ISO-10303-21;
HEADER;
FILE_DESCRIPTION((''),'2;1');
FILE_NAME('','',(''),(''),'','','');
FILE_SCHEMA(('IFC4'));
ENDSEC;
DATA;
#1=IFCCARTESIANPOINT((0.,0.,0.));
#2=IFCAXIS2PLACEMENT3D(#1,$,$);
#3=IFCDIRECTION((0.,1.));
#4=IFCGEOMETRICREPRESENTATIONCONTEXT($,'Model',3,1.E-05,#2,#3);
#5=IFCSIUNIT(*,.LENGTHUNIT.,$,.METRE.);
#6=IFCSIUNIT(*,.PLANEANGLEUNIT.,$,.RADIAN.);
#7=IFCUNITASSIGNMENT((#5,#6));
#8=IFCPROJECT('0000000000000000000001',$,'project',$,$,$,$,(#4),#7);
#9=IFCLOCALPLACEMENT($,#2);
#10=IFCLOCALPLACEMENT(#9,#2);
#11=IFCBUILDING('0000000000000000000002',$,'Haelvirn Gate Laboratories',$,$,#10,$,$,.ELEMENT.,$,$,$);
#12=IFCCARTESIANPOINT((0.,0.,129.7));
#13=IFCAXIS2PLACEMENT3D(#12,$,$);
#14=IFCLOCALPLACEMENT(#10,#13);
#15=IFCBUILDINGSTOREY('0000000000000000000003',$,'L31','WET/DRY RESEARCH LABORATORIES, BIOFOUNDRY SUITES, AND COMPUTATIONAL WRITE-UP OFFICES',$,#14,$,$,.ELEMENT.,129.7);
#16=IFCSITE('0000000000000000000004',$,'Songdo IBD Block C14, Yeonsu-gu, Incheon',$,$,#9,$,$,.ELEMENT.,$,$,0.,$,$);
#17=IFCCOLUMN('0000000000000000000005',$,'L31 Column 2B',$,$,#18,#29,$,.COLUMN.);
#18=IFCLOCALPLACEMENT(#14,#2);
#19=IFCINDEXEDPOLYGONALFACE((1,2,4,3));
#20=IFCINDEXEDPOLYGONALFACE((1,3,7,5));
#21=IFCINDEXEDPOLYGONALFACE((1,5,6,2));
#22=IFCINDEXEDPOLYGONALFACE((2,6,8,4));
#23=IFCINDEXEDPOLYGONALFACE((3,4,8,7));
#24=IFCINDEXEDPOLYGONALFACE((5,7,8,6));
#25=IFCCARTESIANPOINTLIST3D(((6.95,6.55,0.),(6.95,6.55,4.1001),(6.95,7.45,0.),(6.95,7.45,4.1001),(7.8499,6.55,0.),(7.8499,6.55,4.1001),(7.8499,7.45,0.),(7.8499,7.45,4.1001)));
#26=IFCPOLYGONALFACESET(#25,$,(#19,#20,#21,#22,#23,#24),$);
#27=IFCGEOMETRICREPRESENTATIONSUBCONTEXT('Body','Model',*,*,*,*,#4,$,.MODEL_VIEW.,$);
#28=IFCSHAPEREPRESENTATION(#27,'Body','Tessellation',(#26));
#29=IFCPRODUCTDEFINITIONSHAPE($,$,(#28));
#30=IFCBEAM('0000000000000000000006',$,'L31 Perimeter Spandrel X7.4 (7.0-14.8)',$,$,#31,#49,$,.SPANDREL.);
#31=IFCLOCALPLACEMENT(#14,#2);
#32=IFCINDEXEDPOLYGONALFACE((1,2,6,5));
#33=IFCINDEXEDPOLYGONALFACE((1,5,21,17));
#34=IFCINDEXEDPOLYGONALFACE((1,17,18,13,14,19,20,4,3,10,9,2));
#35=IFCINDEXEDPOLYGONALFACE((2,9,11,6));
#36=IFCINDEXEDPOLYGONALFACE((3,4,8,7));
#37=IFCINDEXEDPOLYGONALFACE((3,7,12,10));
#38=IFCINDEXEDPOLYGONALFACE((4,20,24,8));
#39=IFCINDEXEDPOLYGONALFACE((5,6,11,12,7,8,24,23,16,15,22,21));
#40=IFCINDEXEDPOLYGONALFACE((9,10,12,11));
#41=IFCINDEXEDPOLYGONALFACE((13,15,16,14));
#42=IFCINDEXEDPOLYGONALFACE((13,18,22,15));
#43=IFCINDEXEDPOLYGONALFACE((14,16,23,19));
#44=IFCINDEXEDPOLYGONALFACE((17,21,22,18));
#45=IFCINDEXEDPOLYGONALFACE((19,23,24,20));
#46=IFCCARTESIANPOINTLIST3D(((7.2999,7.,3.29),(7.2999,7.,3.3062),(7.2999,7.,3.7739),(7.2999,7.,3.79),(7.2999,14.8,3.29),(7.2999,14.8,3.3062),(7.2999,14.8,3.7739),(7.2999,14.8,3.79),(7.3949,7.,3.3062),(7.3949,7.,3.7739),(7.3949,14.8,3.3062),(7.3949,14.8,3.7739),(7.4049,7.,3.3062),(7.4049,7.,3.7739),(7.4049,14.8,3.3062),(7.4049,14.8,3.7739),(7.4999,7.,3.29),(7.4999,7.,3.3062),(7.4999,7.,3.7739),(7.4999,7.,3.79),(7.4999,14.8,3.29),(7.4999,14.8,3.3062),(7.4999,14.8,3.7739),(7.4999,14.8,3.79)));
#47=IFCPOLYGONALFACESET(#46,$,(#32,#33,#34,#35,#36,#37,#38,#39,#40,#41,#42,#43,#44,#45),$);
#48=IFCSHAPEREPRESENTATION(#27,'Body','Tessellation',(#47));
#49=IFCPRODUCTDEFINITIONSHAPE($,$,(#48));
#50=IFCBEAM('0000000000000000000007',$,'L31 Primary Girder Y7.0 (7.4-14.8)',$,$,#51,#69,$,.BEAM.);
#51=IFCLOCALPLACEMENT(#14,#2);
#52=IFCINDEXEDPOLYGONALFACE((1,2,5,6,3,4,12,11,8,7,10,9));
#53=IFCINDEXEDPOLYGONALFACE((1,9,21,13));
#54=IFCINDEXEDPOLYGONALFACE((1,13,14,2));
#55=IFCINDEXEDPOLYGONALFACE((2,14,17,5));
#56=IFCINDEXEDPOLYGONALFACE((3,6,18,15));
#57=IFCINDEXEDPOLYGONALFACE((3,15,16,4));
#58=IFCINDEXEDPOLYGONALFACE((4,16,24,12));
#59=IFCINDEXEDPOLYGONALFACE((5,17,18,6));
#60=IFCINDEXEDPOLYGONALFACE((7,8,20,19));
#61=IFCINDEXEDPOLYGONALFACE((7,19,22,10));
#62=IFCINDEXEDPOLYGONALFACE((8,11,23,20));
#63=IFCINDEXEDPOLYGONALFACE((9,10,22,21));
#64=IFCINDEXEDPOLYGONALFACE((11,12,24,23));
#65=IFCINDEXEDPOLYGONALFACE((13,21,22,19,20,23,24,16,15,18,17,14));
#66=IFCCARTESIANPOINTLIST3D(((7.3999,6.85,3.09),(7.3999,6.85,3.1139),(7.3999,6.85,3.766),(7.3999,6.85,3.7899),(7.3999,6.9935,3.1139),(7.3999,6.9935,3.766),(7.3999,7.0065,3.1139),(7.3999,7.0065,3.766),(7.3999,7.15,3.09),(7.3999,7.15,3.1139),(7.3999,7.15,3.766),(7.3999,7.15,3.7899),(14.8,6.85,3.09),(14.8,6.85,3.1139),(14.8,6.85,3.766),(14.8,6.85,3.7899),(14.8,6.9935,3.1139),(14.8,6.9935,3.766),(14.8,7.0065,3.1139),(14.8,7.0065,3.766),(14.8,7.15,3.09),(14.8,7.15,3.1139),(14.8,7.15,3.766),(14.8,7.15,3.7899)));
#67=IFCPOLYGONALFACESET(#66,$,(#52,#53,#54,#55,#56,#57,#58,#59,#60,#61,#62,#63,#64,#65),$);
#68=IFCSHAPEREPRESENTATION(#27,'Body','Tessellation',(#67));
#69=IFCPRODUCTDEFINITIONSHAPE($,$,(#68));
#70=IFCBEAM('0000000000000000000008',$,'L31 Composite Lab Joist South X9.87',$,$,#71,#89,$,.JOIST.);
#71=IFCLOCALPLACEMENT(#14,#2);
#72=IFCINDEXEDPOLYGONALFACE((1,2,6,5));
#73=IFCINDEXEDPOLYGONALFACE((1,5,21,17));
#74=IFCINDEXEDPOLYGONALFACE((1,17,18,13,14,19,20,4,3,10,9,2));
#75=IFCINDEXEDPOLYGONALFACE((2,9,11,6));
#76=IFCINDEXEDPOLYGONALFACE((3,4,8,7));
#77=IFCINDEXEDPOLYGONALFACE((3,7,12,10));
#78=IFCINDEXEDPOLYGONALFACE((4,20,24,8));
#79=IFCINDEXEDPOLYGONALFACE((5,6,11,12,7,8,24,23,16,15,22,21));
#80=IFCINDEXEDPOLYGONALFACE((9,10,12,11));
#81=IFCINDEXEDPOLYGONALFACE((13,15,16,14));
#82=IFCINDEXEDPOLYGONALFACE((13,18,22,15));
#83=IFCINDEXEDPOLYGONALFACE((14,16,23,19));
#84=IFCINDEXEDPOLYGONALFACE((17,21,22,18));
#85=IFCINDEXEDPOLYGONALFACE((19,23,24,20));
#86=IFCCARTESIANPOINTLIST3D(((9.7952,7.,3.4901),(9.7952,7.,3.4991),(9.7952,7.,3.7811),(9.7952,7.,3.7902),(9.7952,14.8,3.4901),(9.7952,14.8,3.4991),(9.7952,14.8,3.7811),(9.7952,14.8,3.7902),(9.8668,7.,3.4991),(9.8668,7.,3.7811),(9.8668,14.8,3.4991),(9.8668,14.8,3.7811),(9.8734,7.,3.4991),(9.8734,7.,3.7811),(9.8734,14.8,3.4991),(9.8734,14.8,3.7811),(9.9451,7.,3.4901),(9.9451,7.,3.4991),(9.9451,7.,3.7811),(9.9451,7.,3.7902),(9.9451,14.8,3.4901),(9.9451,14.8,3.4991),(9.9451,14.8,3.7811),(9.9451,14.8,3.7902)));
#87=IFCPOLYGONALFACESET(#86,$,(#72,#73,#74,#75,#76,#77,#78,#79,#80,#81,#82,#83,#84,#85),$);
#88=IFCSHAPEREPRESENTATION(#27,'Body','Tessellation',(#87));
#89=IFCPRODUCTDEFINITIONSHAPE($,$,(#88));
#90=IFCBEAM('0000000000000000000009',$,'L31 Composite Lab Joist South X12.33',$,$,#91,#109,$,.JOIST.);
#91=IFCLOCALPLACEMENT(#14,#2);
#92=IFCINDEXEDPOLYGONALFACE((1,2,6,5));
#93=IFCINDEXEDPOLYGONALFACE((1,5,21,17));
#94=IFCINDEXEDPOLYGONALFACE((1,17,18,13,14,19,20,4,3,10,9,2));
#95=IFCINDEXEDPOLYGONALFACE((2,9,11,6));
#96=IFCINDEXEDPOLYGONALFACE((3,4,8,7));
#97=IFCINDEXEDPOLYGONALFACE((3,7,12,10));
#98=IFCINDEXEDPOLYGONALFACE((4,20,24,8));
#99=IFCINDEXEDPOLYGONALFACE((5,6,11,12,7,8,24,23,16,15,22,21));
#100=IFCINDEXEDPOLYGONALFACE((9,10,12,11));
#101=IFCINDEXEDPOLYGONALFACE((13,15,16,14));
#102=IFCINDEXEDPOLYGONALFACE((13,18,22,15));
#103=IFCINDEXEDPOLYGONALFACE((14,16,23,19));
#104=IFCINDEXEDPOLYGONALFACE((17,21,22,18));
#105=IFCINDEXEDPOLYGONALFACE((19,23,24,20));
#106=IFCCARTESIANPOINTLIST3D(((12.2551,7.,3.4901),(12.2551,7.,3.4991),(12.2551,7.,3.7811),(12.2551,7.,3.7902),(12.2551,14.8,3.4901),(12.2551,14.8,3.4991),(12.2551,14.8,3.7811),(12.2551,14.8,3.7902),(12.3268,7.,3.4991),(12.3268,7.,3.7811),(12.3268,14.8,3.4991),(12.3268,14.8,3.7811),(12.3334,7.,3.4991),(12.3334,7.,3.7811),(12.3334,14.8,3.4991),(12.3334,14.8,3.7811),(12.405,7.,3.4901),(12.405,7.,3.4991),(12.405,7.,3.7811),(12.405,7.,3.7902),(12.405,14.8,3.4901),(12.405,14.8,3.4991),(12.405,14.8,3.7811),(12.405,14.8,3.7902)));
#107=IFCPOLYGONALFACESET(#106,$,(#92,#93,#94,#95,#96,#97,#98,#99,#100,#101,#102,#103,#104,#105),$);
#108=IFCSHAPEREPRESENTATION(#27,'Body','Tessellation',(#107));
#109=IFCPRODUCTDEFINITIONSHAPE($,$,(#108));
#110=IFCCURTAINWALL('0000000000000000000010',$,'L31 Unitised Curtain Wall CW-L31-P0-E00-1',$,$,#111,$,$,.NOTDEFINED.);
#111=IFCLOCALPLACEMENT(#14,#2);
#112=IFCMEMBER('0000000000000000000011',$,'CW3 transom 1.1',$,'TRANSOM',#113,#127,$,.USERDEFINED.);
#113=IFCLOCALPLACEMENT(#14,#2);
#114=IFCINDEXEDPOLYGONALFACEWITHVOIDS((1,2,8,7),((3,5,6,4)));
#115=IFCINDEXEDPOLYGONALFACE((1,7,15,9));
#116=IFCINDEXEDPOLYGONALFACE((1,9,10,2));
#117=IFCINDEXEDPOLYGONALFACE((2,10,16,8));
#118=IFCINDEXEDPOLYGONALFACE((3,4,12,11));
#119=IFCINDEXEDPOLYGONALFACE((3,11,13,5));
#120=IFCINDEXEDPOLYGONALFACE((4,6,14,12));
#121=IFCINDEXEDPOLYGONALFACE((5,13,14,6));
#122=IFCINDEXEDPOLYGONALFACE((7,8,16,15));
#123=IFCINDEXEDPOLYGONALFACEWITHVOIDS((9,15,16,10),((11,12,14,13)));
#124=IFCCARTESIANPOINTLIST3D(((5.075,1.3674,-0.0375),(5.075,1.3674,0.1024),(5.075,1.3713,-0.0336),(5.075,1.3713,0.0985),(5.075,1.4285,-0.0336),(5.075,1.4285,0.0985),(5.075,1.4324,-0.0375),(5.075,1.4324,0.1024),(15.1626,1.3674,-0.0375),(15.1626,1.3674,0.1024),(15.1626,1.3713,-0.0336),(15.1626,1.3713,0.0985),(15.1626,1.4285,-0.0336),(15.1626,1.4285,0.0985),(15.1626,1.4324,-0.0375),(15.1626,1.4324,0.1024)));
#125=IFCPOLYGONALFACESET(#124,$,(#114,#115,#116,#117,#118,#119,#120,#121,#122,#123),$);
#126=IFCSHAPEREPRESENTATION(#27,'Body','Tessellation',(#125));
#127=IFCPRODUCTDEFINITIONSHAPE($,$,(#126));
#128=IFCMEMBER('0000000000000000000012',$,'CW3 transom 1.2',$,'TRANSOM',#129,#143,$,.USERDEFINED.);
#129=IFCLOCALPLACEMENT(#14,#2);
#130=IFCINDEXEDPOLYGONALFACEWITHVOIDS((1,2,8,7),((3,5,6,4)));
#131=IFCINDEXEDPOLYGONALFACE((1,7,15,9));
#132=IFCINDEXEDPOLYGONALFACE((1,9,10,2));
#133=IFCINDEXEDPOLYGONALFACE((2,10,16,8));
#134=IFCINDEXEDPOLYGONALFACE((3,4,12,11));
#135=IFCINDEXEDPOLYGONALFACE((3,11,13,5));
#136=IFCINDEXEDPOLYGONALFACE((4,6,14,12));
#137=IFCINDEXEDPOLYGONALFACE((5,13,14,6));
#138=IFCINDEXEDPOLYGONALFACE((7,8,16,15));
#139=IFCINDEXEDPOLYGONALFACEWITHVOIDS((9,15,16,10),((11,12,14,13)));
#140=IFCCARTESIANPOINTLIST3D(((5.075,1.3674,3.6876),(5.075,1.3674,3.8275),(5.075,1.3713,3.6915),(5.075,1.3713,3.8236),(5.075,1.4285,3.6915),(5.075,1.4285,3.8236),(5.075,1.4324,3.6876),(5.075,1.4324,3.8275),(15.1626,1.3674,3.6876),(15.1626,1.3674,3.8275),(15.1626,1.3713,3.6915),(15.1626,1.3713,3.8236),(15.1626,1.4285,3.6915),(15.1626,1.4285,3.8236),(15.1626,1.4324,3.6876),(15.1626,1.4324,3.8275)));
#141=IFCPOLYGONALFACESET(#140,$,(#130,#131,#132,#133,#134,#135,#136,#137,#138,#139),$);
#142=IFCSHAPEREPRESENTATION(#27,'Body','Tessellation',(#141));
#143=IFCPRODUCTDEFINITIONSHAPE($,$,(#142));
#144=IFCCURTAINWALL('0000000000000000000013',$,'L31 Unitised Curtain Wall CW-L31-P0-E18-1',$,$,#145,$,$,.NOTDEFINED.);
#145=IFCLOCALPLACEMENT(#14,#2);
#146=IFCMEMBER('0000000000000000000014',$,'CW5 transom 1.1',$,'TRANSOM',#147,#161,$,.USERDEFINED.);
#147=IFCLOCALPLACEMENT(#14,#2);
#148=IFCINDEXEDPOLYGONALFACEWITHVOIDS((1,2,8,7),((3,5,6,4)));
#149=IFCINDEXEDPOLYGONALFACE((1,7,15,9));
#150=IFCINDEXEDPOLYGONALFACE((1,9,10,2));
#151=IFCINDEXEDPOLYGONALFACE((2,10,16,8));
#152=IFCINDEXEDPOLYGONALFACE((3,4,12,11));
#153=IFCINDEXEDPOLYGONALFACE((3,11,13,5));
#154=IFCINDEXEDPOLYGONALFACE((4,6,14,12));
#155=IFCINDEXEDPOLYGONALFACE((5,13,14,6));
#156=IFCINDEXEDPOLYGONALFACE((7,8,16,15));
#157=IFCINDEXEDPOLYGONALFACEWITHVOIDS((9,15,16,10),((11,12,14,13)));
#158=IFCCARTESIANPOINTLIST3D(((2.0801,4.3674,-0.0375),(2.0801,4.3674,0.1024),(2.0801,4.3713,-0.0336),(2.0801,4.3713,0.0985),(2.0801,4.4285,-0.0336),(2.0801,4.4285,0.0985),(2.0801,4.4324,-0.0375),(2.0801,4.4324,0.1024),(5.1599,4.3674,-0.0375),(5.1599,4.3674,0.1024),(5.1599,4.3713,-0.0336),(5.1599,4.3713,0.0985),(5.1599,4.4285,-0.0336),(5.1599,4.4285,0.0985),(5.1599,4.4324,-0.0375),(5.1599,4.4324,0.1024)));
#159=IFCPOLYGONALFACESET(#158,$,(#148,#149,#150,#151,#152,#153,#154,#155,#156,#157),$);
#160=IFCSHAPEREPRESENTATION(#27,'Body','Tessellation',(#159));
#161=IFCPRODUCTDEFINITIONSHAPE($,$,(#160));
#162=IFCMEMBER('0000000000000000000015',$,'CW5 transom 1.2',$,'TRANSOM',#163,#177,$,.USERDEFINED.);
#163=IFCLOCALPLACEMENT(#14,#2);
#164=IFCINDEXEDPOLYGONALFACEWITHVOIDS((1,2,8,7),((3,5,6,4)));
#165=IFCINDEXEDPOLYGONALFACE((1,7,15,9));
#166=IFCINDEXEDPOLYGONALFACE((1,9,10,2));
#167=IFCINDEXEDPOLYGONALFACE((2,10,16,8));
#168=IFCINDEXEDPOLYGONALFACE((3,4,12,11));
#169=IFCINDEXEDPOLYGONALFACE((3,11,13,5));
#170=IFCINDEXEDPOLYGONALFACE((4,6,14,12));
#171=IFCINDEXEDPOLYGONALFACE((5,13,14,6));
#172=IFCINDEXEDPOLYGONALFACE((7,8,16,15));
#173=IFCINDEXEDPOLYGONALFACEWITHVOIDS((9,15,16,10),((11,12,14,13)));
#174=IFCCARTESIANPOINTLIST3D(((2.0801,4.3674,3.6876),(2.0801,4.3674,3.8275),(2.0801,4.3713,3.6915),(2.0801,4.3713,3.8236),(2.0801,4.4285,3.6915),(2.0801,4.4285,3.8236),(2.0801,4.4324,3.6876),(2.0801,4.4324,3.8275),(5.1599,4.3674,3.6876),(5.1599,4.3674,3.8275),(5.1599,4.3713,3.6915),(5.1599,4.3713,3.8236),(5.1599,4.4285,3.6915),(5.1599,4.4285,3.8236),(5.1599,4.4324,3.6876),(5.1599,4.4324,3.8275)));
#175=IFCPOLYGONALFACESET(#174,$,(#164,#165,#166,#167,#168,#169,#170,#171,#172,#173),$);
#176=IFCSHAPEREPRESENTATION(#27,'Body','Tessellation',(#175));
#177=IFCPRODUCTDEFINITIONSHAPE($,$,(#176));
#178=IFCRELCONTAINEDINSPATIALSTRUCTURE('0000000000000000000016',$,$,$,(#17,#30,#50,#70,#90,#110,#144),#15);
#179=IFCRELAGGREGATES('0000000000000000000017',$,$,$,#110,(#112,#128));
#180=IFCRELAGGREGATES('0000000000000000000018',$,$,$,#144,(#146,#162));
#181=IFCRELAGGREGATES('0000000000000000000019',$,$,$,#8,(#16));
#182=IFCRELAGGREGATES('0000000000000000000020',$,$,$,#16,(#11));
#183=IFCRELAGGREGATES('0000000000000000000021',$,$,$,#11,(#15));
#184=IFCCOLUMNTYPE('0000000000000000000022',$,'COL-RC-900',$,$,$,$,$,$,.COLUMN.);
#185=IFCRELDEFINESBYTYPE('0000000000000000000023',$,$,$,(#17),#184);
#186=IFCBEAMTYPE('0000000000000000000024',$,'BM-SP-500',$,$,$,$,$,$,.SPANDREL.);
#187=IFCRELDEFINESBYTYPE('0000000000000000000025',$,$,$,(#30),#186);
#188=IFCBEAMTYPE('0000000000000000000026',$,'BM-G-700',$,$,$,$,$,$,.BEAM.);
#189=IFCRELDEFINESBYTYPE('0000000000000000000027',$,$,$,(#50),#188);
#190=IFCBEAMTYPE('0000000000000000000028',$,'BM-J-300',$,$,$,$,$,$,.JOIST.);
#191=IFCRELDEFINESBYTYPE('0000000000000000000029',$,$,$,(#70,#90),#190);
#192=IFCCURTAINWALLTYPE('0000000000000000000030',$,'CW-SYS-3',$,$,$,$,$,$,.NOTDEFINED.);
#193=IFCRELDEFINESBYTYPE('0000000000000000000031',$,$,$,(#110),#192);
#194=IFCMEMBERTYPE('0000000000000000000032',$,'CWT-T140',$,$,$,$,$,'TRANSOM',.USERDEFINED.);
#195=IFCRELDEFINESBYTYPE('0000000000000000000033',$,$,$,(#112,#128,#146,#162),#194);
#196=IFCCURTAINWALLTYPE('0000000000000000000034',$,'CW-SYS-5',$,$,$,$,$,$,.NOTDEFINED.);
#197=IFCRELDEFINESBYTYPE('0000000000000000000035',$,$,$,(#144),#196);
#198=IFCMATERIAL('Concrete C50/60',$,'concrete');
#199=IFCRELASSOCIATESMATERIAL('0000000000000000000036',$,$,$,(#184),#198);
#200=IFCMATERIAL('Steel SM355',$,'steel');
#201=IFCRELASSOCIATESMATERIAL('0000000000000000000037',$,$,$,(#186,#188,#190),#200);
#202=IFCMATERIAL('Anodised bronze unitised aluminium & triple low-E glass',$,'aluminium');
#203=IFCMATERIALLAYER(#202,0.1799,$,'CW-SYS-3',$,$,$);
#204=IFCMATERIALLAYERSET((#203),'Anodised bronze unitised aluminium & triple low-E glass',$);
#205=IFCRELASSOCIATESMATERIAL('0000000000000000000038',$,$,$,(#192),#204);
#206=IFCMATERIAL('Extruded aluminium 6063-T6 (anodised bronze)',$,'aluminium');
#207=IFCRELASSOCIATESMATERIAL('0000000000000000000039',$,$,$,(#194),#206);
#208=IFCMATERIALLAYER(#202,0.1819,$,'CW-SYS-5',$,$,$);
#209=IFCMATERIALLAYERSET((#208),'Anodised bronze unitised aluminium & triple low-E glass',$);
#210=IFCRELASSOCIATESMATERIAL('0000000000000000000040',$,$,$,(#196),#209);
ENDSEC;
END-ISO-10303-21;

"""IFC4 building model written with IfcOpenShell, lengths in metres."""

from ifc_helpers import new_model, si_unit, direction, frame, origin, origin_2d, place, context, subcontext, project, spatial, rectangle, hollow_rectangle, i_section, extrude, source, transform, mapped, material, layer, layer_set, material_profile, profile_set, type_object, type_shapes, element, aggregate, save


model = new_model("IFC4")

# Units and contexts
model_context = context("Model", 3, precision=1e-05, world=origin(), true_north=direction((0.0, 1.0)))
body_context = subcontext(model_context, "Body", "Model", "MODEL_VIEW")
ifc_project = project(units=[si_unit("LENGTHUNIT", "METRE"), si_unit("PLANEANGLEUNIT", "RADIAN")], contexts=[model_context])

# Site, building, storey
site_placement = place(None, origin())
site = spatial("IfcSite", under=ifc_project, at=site_placement, Name="Songdo IBD Block C14, Yeonsu-gu, Incheon", CompositionType="ELEMENT", RefElevation=0.0)
building_placement = place(site_placement, origin())
building = spatial("IfcBuilding", under=site, at=building_placement, Name="Haelvirn Gate Laboratories", CompositionType="ELEMENT")
storey_placement = place(building_placement, frame((0.0, 0.0, 129.7)))
storey = spatial("IfcBuildingStorey", under=building, at=storey_placement, Name="L31", Description="WET/DRY RESEARCH LABORATORIES, BIOFOUNDRY SUITES, AND COMPUTATIONAL WRITE-UP OFFICES", CompositionType="ELEMENT", Elevation=129.7)

# Column
ifc_material_1 = material(Name="Concrete C50/60", Category="concrete")
ifc_material_profile_1 = material_profile(ifc_material_1, rectangle(XDim=0.8999, YDim=0.8999, at=origin_2d()), Name="RC-900x900")
ifc_profile_set_1 = profile_set([ifc_material_profile_1], Name="Concrete C50/60")
column_type = type_object("IfcColumnType", Name="COL-RC-900", PredefinedType="COLUMN", material=ifc_profile_set_1)
shared_shape_1 = source(origin(), body_context, "Body", "SweptSolid", [
    extrude(rectangle(XDim=0.8999, YDim=0.8999, at=origin_2d()), origin(), (0.0, 0.0, 1.0), 4.1001),
])
type_shapes(column_type, [shared_shape_1])
column_placement = place(storey_placement, frame((7.3999, 7.0, 0.0), z_axis=(0.0, 0.0, 1.0), x_axis=(1.0, 0.0, 0.0)))
element("IfcColumn", 1, at=column_placement, inside=storey, type_object=column_type, Name="L31 Column 2B", PredefinedType="COLUMN", context=body_context, shape_type="MappedRepresentation", body=[
    mapped(shared_shape_1, transform((0.0, 0.0, 0.0), scale=1.0)),
])

# Beams
ifc_material_2 = material(Name="Steel SM355", Category="steel")
ifc_material_profile_2 = material_profile(ifc_material_2, i_section(OverallWidth=0.2, OverallDepth=0.5, WebThickness=0.01, FlangeThickness=0.0161, at=origin_2d()), Name="H-500x200x10x16")
ifc_profile_set_2 = profile_set([ifc_material_profile_2], Name="Steel SM355")
beam_type_1 = type_object("IfcBeamType", Name="BM-SP-500", PredefinedType="SPANDREL", material=ifc_profile_set_2)
shared_shape_2 = source(origin(), body_context, "Body", "SweptSolid", [
    extrude(i_section(OverallWidth=0.2, OverallDepth=0.5, WebThickness=0.01, FlangeThickness=0.0161, at=origin_2d()), origin(), (0.0, 0.0, 1.0), 7.8),
])
type_shapes(beam_type_1, [shared_shape_2])
beam_1_placement = place(storey_placement, frame((7.3999, 7.0, 3.54), z_axis=(0.0, 1.0, 0.0), x_axis=(-1.0, 0.0, 0.0)))
element("IfcBeam", 2, at=beam_1_placement, inside=storey, type_object=beam_type_1, Name="L31 Perimeter Spandrel X7.4 (7.0-14.8)", PredefinedType="SPANDREL", context=body_context, shape_type="MappedRepresentation", body=[
    mapped(shared_shape_2, transform((0.0, 0.0, 0.0), scale=1.0)),
])
ifc_material_profile_3 = material_profile(ifc_material_2, i_section(OverallWidth=0.3, OverallDepth=0.7, WebThickness=0.0129, FlangeThickness=0.0239, at=origin_2d()), Name="H-700x300x13x24")
ifc_profile_set_3 = profile_set([ifc_material_profile_3], Name="Steel SM355")
beam_type_2 = type_object("IfcBeamType", Name="BM-G-700", PredefinedType="BEAM", material=ifc_profile_set_3)
shared_shape_3 = source(origin(), body_context, "Body", "SweptSolid", [
    extrude(i_section(OverallWidth=0.3, OverallDepth=0.7, WebThickness=0.0129, FlangeThickness=0.0239, at=origin_2d()), origin(), (0.0, 0.0, 1.0), 7.4001),
])
type_shapes(beam_type_2, [shared_shape_3])
beam_2_placement = place(storey_placement, frame((7.3999, 7.0, 3.4399), z_axis=(1.0, 0.0, 0.0), x_axis=(0.0, 1.0, 0.0)))
element("IfcBeam", 3, at=beam_2_placement, inside=storey, type_object=beam_type_2, Name="L31 Primary Girder Y7.0 (7.4-14.8)", PredefinedType="BEAM", context=body_context, shape_type="MappedRepresentation", body=[
    mapped(shared_shape_3, transform((0.0, 0.0, 0.0), scale=1.0)),
])
ifc_material_profile_4 = material_profile(ifc_material_2, i_section(OverallWidth=0.1499, OverallDepth=0.3, WebThickness=0.0066, FlangeThickness=0.009, at=origin_2d()), Name="H-300x150x6.5x9")
ifc_profile_set_4 = profile_set([ifc_material_profile_4], Name="Steel SM355")
beam_type_3 = type_object("IfcBeamType", Name="BM-J-300", PredefinedType="JOIST", material=ifc_profile_set_4)
shared_shape_4 = source(origin(), body_context, "Body", "SweptSolid", [
    extrude(i_section(OverallWidth=0.1499, OverallDepth=0.3, WebThickness=0.0066, FlangeThickness=0.009, at=origin_2d()), origin(), (0.0, 0.0, 1.0), 7.8),
])
type_shapes(beam_type_3, [shared_shape_4])
for number, where, z_axis, x_axis, name in (
    (4, (9.8701, 7.0, 3.6401), (0.0, 1.0, 0.0), (-1.0, 0.0, 0.0), "L31 Composite Lab Joist South X9.87"),
    (5, (12.3301, 7.0, 3.6401), (0.0, 1.0, 0.0), (-1.0, 0.0, 0.0), "L31 Composite Lab Joist South X12.33"),
):
    element("IfcBeam", number, at=place(storey_placement, frame(where, z_axis=z_axis, x_axis=x_axis)), inside=storey, type_object=beam_type_3, Name=name, PredefinedType="JOIST", context=body_context, shape_type="MappedRepresentation", body=[
        mapped(shared_shape_4, transform((0.0, 0.0, 0.0), scale=1.0)),
    ])

# Curtain walls, members
ifc_material_3 = material(Name="Anodised bronze unitised aluminium & triple low-E glass", Category="aluminium")
ifc_layer_1 = layer(ifc_material_3, 0.1799, Name="CW-SYS-3")
ifc_layer_set_1 = layer_set([ifc_layer_1], Name="Anodised bronze unitised aluminium & triple low-E glass")
curtain_wall_type_1 = type_object("IfcCurtainWallType", Name="CW-SYS-3", PredefinedType="NOTDEFINED", material=ifc_layer_set_1)
curtain_wall_1_placement = place(storey_placement, origin())
curtain_wall_1 = element("IfcCurtainWall", 6, at=curtain_wall_1_placement, inside=storey, type_object=curtain_wall_type_1, Name="L31 Unitised Curtain Wall CW-L31-P0-E00-1", PredefinedType="NOTDEFINED")
ifc_material_4 = material(Name="Extruded aluminium 6063-T6 (anodised bronze)", Category="aluminium")
ifc_material_profile_5 = material_profile(ifc_material_4, hollow_rectangle(XDim=0.0649, YDim=0.1399, WallThickness=0.0039, at=origin_2d()), Name="CWT-140x65x4")
ifc_profile_set_5 = profile_set([ifc_material_profile_5], Name="Extruded aluminium 6063-T6 (anodised bronze)")
member_type_1 = type_object("IfcMemberType", Name="CWT-T140", ElementType="TRANSOM", PredefinedType="USERDEFINED", material=ifc_profile_set_5)
shared_shape_5 = source(origin(), body_context, "Body", "SweptSolid", [
    extrude(hollow_rectangle(XDim=0.0649, YDim=0.1399, WallThickness=0.0039, at=origin_2d()), origin(), (0.0, 0.0, 1.0), 10.0876),
])
member_1_placement = place(storey_placement, frame((5.075, 1.3999, 0.0325), z_axis=(1.0, 0.0, 0.0), x_axis=(0.0, 1.0, 0.0)))
member_1 = element("IfcMember", 7, at=member_1_placement, type_object=member_type_1, Name="CW3 transom 1.1", ObjectType="TRANSOM", PredefinedType="USERDEFINED", context=body_context, shape_type="MappedRepresentation", body=[
    mapped(shared_shape_5, transform((0.0, 0.0, 0.0), scale=1.0)),
])
member_2_placement = place(storey_placement, frame((5.075, 1.3999, 3.7576), z_axis=(1.0, 0.0, 0.0), x_axis=(0.0, 1.0, 0.0)))
member_2 = element("IfcMember", 8, at=member_2_placement, type_object=member_type_1, Name="CW3 transom 1.2", ObjectType="TRANSOM", PredefinedType="USERDEFINED", context=body_context, shape_type="MappedRepresentation", body=[
    mapped(shared_shape_5, transform((0.0, 0.0, 0.0), scale=1.0)),
])
ifc_layer_2 = layer(ifc_material_3, 0.1819, Name="CW-SYS-5")
ifc_layer_set_2 = layer_set([ifc_layer_2], Name="Anodised bronze unitised aluminium & triple low-E glass")
curtain_wall_type_2 = type_object("IfcCurtainWallType", Name="CW-SYS-5", PredefinedType="NOTDEFINED", material=ifc_layer_set_2)
curtain_wall_2_placement = place(storey_placement, origin())
curtain_wall_2 = element("IfcCurtainWall", 9, at=curtain_wall_2_placement, inside=storey, type_object=curtain_wall_type_2, Name="L31 Unitised Curtain Wall CW-L31-P0-E18-1", PredefinedType="NOTDEFINED")
shared_shape_6 = source(origin(), body_context, "Body", "SweptSolid", [
    extrude(hollow_rectangle(XDim=0.0649, YDim=0.1399, WallThickness=0.0039, at=origin_2d()), origin(), (0.0, 0.0, 1.0), 3.0798),
])
type_shapes(member_type_1, [shared_shape_5, shared_shape_6])
member_3_placement = place(storey_placement, frame((2.0801, 4.3999, 0.0325), z_axis=(1.0, 0.0, 0.0), x_axis=(0.0, 1.0, 0.0)))
member_3 = element("IfcMember", 10, at=member_3_placement, type_object=member_type_1, Name="CW5 transom 1.1", ObjectType="TRANSOM", PredefinedType="USERDEFINED", context=body_context, shape_type="MappedRepresentation", body=[
    mapped(shared_shape_6, transform((0.0, 0.0, 0.0), scale=1.0)),
])
member_4_placement = place(storey_placement, frame((2.0801, 4.3999, 3.7576), z_axis=(1.0, 0.0, 0.0), x_axis=(0.0, 1.0, 0.0)))
member_4 = element("IfcMember", 11, at=member_4_placement, type_object=member_type_1, Name="CW5 transom 1.2", ObjectType="TRANSOM", PredefinedType="USERDEFINED", context=body_context, shape_type="MappedRepresentation", body=[
    mapped(shared_shape_6, transform((0.0, 0.0, 0.0), scale=1.0)),
])

aggregate(curtain_wall_1, [member_1, member_2])
aggregate(curtain_wall_2, [member_3, member_4])

save(model, "model.ifc")
